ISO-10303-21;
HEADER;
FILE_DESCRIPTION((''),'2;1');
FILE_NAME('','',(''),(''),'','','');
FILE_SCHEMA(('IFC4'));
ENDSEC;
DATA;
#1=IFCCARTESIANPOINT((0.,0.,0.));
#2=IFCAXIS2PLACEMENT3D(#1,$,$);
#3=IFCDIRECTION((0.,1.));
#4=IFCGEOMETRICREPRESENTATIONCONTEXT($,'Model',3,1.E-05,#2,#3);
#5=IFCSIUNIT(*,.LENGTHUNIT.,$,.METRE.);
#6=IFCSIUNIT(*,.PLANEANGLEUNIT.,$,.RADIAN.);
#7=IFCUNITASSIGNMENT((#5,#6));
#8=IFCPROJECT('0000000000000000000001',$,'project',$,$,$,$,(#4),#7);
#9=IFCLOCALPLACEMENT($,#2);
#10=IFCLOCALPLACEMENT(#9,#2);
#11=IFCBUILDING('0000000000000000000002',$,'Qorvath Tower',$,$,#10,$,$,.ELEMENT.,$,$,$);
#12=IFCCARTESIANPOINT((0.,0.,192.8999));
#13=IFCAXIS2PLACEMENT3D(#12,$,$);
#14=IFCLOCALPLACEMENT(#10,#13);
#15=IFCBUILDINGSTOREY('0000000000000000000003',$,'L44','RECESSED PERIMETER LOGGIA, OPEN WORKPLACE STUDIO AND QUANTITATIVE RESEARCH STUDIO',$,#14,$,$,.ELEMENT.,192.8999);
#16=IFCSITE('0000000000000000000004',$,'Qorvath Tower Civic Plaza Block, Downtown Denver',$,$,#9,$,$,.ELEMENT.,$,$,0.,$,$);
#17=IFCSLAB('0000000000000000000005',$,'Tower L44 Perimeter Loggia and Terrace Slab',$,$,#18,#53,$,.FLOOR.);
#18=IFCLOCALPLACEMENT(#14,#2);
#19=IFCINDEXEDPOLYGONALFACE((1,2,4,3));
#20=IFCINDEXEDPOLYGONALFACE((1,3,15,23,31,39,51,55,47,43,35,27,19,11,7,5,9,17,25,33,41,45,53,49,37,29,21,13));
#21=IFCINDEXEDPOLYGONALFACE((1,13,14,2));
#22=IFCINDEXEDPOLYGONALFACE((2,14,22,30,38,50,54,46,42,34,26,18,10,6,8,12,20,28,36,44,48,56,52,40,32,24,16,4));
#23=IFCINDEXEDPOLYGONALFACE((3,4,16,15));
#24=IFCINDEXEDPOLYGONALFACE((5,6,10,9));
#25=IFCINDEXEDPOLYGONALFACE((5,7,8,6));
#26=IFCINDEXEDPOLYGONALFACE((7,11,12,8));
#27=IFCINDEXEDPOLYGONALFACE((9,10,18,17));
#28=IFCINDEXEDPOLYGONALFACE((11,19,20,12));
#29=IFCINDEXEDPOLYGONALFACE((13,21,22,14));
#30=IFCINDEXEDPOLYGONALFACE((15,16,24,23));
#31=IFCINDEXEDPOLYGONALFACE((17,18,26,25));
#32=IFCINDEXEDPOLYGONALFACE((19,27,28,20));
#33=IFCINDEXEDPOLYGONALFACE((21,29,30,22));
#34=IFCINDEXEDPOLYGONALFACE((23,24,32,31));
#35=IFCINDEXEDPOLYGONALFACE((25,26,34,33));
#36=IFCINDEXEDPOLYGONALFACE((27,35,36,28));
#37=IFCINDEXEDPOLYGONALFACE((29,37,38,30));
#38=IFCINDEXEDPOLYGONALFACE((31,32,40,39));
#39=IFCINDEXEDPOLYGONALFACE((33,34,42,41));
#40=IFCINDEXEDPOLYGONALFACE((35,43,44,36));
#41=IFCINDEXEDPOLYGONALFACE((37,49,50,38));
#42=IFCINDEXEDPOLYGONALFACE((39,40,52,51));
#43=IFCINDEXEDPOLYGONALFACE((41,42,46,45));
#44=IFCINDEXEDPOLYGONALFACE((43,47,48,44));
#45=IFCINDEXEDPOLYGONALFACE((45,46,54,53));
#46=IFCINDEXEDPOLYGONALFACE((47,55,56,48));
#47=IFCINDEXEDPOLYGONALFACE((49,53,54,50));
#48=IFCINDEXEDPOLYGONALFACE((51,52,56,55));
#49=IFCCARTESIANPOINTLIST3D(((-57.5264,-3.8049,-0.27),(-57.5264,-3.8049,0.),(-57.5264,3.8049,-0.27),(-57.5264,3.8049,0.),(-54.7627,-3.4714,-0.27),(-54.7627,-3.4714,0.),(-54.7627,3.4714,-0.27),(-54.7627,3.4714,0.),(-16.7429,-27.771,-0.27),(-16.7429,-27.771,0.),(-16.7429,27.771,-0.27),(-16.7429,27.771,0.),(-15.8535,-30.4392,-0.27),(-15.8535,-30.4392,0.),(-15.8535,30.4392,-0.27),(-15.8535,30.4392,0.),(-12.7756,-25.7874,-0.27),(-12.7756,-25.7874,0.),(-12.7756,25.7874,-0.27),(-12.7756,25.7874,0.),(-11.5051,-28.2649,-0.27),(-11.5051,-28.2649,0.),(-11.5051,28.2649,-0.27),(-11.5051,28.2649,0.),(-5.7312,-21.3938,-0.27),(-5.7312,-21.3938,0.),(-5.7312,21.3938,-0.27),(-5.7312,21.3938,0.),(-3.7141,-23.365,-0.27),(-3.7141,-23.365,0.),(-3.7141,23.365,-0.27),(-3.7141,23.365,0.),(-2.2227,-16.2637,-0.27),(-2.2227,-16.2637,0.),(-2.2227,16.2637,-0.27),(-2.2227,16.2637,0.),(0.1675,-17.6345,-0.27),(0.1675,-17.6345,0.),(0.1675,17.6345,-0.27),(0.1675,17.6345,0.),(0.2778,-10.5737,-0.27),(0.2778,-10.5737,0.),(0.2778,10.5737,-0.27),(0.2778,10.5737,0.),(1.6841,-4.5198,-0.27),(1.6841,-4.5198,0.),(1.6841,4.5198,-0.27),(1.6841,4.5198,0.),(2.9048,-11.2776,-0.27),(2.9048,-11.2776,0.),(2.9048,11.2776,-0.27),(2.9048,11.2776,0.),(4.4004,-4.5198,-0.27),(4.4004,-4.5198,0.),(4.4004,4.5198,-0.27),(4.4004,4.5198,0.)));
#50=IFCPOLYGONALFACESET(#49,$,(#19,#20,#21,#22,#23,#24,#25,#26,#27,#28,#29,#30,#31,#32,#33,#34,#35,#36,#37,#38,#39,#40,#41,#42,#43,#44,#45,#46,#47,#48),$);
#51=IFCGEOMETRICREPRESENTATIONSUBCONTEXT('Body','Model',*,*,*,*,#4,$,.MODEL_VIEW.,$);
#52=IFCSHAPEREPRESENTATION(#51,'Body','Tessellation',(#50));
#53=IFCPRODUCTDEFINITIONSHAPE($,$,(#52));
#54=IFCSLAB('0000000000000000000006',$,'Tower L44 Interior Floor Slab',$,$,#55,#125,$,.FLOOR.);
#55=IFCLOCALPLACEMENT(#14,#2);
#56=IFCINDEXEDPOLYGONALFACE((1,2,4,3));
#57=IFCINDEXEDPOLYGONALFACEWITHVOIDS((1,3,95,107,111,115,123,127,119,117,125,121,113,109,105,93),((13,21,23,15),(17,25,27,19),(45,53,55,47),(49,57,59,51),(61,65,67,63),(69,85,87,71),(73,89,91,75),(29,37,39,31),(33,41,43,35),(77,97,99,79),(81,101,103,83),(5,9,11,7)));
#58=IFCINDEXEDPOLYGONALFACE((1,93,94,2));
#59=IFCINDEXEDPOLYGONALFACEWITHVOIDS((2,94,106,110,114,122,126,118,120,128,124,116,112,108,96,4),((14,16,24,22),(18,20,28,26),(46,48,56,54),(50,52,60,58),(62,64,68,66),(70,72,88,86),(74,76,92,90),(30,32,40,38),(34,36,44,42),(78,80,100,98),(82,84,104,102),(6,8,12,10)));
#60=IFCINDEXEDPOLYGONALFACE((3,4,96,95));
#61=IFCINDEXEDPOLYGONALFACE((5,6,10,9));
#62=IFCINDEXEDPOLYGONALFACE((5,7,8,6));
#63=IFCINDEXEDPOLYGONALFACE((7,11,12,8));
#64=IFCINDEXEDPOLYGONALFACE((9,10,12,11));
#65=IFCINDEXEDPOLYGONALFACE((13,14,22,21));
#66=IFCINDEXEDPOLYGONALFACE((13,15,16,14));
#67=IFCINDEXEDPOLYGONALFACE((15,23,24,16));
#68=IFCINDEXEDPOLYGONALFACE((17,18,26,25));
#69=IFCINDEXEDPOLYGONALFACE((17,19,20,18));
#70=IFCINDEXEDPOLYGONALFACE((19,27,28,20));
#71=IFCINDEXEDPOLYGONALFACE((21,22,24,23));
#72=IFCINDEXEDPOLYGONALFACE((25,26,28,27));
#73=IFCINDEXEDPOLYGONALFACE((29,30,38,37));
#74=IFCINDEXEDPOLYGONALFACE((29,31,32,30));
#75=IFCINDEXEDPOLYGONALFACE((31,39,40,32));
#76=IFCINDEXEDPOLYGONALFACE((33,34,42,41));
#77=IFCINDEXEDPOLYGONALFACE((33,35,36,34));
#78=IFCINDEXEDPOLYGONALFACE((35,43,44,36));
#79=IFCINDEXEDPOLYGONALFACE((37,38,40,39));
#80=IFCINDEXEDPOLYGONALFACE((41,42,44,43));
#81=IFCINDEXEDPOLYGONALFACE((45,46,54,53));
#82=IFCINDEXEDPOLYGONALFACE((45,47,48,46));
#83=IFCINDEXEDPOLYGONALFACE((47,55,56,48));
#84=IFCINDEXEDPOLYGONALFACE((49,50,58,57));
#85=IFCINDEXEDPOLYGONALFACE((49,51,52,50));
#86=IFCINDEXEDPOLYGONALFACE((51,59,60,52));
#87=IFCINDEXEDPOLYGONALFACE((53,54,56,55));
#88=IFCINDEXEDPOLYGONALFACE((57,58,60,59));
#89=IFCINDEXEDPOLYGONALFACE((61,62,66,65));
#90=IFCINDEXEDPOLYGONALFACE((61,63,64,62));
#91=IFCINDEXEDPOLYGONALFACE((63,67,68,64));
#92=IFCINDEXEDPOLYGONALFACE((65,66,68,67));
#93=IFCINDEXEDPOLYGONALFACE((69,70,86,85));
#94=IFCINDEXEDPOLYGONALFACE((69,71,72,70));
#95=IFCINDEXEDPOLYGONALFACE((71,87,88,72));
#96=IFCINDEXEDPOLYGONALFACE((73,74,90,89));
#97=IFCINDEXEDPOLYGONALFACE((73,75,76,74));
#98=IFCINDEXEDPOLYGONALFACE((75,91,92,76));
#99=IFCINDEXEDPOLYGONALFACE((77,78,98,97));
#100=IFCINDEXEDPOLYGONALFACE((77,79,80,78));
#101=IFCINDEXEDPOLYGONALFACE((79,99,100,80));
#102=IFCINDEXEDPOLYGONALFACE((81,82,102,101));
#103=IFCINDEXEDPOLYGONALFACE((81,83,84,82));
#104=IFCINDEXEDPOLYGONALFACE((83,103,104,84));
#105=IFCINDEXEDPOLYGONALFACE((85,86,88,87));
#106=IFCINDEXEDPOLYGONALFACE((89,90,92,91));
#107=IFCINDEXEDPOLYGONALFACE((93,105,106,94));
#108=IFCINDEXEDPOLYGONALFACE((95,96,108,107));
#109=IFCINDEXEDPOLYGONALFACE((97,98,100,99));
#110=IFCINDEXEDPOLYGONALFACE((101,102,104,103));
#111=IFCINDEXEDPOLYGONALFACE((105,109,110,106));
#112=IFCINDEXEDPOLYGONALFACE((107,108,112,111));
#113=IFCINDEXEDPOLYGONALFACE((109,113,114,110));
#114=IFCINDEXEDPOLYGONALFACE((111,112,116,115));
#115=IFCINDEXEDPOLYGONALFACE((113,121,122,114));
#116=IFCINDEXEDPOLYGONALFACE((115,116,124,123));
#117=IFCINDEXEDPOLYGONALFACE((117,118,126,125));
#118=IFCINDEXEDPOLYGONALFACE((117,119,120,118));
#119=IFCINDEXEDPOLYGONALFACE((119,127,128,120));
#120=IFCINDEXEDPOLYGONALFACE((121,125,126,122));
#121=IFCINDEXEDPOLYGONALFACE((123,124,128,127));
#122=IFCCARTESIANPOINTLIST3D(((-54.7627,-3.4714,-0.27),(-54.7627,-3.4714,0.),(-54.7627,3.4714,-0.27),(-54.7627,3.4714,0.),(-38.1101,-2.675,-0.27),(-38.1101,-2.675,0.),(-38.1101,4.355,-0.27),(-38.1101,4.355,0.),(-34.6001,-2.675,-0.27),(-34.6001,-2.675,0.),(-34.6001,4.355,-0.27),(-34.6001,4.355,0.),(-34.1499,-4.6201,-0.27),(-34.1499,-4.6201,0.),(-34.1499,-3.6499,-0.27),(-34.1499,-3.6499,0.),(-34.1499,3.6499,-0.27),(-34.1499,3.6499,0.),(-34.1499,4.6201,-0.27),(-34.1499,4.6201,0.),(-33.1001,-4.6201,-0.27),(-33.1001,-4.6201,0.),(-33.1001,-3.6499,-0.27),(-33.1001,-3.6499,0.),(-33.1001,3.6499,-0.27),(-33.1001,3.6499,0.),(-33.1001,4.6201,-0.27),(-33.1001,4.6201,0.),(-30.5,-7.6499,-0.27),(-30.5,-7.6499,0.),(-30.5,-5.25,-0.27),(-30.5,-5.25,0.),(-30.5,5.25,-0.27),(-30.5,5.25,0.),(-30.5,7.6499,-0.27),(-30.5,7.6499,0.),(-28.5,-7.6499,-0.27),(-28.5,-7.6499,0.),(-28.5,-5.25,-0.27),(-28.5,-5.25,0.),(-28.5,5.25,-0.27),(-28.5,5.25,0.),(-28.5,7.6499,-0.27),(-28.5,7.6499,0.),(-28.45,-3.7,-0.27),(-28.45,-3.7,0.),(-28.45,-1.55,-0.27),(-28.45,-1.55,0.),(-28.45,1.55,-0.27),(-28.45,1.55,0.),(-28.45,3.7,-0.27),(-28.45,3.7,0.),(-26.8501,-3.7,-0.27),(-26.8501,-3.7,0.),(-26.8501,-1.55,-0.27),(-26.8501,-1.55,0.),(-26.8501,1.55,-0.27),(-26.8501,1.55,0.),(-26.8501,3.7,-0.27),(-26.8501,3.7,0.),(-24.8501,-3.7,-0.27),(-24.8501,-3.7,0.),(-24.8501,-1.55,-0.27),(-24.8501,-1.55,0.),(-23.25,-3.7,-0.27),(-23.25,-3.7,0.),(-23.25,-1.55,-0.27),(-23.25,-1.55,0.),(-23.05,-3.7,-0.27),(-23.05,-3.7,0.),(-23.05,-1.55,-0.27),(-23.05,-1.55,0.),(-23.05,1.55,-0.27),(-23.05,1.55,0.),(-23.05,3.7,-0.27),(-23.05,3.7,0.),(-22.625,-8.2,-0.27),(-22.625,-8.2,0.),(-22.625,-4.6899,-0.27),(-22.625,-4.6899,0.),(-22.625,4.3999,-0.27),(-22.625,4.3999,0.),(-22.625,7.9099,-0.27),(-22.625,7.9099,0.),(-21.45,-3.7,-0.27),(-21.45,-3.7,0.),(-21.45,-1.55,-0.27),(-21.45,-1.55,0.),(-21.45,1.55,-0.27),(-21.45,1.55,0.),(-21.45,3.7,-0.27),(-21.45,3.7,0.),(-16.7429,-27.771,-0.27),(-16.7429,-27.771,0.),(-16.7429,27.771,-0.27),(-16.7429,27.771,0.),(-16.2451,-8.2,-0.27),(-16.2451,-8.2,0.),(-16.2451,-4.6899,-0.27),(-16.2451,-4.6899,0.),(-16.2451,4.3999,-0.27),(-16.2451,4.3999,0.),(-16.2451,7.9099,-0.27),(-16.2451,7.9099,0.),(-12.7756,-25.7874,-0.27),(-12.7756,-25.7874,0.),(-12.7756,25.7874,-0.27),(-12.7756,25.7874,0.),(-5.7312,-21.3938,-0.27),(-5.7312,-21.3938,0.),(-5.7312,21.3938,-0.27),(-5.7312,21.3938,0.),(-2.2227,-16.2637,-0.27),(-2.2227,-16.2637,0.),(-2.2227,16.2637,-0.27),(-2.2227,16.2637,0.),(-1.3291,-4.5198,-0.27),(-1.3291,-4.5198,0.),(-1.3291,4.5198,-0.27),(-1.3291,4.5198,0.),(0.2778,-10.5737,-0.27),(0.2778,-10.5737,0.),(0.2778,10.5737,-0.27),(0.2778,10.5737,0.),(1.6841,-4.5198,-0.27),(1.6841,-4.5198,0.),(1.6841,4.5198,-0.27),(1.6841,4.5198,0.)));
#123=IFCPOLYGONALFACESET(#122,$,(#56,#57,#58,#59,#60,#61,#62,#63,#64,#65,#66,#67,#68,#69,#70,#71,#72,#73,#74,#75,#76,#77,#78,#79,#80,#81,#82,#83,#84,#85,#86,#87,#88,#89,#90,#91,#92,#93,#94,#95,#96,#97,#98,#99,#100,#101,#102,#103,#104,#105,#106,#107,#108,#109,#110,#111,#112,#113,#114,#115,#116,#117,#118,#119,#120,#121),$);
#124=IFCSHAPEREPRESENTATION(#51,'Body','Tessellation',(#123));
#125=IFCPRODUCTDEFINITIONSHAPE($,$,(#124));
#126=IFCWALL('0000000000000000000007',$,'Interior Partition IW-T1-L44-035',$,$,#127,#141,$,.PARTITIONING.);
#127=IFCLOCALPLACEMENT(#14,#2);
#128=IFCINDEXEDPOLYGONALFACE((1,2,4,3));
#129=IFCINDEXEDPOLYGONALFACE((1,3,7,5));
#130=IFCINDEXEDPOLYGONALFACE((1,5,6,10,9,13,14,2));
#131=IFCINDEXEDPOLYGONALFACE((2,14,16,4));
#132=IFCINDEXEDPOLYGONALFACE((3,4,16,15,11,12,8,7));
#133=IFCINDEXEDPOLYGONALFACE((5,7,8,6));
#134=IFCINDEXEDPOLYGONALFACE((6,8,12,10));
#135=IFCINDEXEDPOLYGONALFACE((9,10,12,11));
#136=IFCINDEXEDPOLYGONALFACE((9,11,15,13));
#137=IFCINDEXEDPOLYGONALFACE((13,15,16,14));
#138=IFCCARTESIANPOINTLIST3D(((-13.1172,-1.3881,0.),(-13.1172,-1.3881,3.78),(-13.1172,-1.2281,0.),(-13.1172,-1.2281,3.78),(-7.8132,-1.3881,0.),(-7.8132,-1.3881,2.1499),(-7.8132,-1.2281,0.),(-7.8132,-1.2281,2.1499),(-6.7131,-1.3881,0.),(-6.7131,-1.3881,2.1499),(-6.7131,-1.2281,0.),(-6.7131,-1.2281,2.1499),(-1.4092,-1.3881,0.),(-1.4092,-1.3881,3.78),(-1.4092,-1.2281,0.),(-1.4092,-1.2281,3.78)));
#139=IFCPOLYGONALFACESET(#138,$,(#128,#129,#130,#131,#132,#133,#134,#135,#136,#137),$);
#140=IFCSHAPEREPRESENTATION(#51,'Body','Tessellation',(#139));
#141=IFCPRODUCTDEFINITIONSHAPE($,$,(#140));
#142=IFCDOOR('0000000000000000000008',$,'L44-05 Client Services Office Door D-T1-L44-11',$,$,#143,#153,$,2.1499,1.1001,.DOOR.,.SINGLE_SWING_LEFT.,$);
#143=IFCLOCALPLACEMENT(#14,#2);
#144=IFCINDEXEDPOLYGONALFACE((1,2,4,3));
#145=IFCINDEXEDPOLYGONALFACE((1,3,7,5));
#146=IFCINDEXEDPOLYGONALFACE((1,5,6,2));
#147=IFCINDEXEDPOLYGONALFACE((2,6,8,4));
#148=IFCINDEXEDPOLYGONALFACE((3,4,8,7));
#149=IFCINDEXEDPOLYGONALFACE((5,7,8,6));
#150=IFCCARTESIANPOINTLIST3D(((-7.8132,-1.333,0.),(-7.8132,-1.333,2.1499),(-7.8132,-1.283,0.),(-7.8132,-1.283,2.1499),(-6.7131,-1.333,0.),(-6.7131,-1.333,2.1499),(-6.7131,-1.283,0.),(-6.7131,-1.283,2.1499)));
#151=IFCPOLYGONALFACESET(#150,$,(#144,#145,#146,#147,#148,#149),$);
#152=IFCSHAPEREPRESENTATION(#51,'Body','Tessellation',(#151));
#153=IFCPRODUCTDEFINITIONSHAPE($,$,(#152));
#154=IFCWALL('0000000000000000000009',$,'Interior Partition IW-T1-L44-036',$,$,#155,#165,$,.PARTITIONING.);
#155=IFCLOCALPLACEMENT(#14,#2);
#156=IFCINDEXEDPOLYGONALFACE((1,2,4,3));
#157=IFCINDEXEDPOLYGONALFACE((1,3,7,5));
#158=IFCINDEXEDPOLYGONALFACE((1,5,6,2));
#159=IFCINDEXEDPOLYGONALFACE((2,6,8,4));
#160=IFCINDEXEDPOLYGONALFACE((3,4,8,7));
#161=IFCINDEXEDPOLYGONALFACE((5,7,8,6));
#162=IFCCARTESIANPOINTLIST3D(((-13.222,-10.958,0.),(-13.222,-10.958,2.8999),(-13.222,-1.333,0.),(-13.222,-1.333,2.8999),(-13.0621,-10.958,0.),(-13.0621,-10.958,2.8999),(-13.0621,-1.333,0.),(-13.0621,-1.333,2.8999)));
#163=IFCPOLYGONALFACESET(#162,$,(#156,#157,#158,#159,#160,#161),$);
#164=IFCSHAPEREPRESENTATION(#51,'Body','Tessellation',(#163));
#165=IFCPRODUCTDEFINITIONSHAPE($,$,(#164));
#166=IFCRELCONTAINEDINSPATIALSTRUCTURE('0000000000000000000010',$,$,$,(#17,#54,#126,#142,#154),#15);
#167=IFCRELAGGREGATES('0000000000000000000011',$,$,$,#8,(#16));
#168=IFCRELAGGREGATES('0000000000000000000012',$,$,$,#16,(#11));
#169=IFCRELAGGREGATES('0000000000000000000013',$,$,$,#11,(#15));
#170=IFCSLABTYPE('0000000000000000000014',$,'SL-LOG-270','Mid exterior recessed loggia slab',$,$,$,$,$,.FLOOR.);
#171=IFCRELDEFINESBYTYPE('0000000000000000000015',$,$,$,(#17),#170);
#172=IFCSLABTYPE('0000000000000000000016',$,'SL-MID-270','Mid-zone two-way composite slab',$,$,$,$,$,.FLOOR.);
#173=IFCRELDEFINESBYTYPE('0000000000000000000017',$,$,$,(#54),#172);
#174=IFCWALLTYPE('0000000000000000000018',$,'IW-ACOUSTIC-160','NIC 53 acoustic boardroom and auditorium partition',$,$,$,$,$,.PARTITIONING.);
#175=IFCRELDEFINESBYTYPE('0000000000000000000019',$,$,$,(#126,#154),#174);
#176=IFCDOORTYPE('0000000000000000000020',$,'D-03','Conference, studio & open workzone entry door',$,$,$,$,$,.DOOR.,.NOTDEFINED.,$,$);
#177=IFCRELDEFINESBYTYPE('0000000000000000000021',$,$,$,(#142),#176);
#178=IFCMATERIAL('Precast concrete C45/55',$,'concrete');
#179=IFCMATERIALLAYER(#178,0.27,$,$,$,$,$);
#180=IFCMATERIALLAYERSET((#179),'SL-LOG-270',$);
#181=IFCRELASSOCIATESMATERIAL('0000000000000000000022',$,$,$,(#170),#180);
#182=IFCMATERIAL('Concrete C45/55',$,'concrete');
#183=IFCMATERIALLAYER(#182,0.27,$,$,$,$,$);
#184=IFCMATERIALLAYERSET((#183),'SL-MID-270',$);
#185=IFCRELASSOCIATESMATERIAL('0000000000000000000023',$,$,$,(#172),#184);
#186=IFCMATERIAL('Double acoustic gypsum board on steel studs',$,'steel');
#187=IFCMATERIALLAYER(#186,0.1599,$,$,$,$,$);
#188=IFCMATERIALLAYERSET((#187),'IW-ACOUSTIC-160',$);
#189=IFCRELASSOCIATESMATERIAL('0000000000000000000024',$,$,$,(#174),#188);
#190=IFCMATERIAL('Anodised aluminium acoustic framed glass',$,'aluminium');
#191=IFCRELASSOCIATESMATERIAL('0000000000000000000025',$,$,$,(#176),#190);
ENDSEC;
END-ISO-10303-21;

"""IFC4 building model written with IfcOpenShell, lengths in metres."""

from ifc_helpers import new_model, si_unit, direction, frame, frame_2d, origin, place, context, subcontext, project, spatial, polyline, rectangle, outline, extrude, material, layer, layer_set, type_object, element, fill, save


model = new_model("IFC4")

# Units and contexts
model_context = context("Model", 3, precision=1e-05, world=origin(), true_north=direction((0.0, 1.0)))
body_context = subcontext(model_context, "Body", "Model", "MODEL_VIEW")
ifc_project = project(units=[si_unit("LENGTHUNIT", "METRE"), si_unit("PLANEANGLEUNIT", "RADIAN")], contexts=[model_context])

# Site, building, storey
site_placement = place(None, origin())
site = spatial("IfcSite", under=ifc_project, at=site_placement, Name="Qorvath Tower Civic Plaza Block, Downtown Denver", CompositionType="ELEMENT", RefElevation=0.0)
building_placement = place(site_placement, origin())
building = spatial("IfcBuilding", under=site, at=building_placement, Name="Qorvath Tower", CompositionType="ELEMENT")
storey_placement = place(building_placement, frame((0.0, 0.0, 192.8999)))
storey = spatial("IfcBuildingStorey", under=building, at=storey_placement, Name="L44", Description="RECESSED PERIMETER LOGGIA, OPEN WORKPLACE STUDIO AND QUANTITATIVE RESEARCH STUDIO", CompositionType="ELEMENT", Elevation=192.8999)

# Slabs
ifc_material_1 = material(Name="Precast concrete C45/55", Category="concrete")
ifc_layer_1 = layer(ifc_material_1, 0.27)
ifc_layer_set_1 = layer_set([ifc_layer_1], Name="SL-LOG-270")
slab_type_1 = type_object("IfcSlabType", Name="SL-LOG-270", Description="Mid exterior recessed loggia slab", PredefinedType="FLOOR", material=ifc_layer_set_1)
slab_1_placement = place(storey_placement, frame((0.0, 0.0, -0.27)))
element("IfcSlab", 1, at=slab_1_placement, inside=storey, type_object=slab_type_1, Name="Tower L44 Perimeter Loggia and Terrace Slab", PredefinedType="FLOOR", context=body_context, shape_type="SweptSolid", body=[
    extrude(outline(polyline([(1.6841, -4.5198), (0.2778, -10.5737), (-2.2227, -16.2637), (-5.7312, -21.3938), (-12.7756, -25.7874), (-16.7429, -27.771), (-54.7627, -3.4714), (-54.7627, 3.4714), (-16.7429, 27.771), (-12.7756, 25.7874), (-5.7312, 21.3938), (-2.2227, 16.2637), (0.2778, 10.5737), (1.6841, 4.5198), (4.4004, 4.5198), (2.9048, 11.2776), (0.1675, 17.6345), (-3.7141, 23.365), (-11.5051, 28.2649), (-15.8535, 30.4392), (-57.5264, 3.8049), (-57.5264, -3.8049), (-15.8535, -30.4392), (-11.5051, -28.2649), (-3.7141, -23.365), (0.1675, -17.6345), (2.9048, -11.2776), (4.4004, -4.5198), (1.6841, -4.5198)])), origin(), (0.0, 0.0, 1.0), 0.27),
])
ifc_material_2 = material(Name="Concrete C45/55", Category="concrete")
ifc_layer_2 = layer(ifc_material_2, 0.27)
ifc_layer_set_2 = layer_set([ifc_layer_2], Name="SL-MID-270")
slab_type_2 = type_object("IfcSlabType", Name="SL-MID-270", Description="Mid-zone two-way composite slab", PredefinedType="FLOOR", material=ifc_layer_set_2)
slab_2_placement = place(storey_placement, frame((0.0, 0.0, -0.27)))
element("IfcSlab", 2, at=slab_2_placement, inside=storey, type_object=slab_type_2, Name="Tower L44 Interior Floor Slab", PredefinedType="FLOOR", context=body_context, shape_type="SweptSolid", body=[
    extrude(outline(polyline([(-54.7627, 3.4714), (-54.7627, -3.4714), (-16.7429, -27.771), (-12.7756, -25.7874), (-5.7312, -21.3938), (-2.2227, -16.2637), (0.2778, -10.5737), (1.6841, -4.5198), (-1.3291, -4.5198), (-1.3291, 4.5198), (1.6841, 4.5198), (0.2778, 10.5737), (-2.2227, 16.2637), (-5.7312, 21.3938), (-12.7756, 25.7874), (-16.7429, 27.771), (-54.7627, 3.4714)]), holes=[polyline([(-16.2451, -8.2), (-22.625, -8.2), (-22.625, -4.6899), (-16.2451, -4.6899), (-16.2451, -8.2)]), polyline([(-22.625, 4.3999), (-22.625, 7.9099), (-16.2451, 7.9099), (-16.2451, 4.3999), (-22.625, 4.3999)]), polyline([(-21.45, -3.7), (-23.05, -3.7), (-23.05, -1.55), (-21.45, -1.55), (-21.45, -3.7)]), polyline([(-23.05, 1.55), (-23.05, 3.7), (-21.45, 3.7), (-21.45, 1.55), (-23.05, 1.55)]), polyline([(-24.8501, -3.7), (-24.8501, -1.55), (-23.25, -1.55), (-23.25, -3.7), (-24.8501, -3.7)]), polyline([(-28.45, -3.7), (-28.45, -1.55), (-26.8501, -1.55), (-26.8501, -3.7), (-28.45, -3.7)]), polyline([(-26.8501, 1.55), (-28.45, 1.55), (-28.45, 3.7), (-26.8501, 3.7), (-26.8501, 1.55)]), polyline([(-28.5, -7.6499), (-30.5, -7.6499), (-30.5, -5.25), (-28.5, -5.25), (-28.5, -7.6499)]), polyline([(-30.5, 5.25), (-30.5, 7.6499), (-28.5, 7.6499), (-28.5, 5.25), (-30.5, 5.25)]), polyline([(-34.1499, -4.6201), (-34.1499, -3.6499), (-33.1001, -3.6499), (-33.1001, -4.6201), (-34.1499, -4.6201)]), polyline([(-34.1499, 3.6499), (-34.1499, 4.6201), (-33.1001, 4.6201), (-33.1001, 3.6499), (-34.1499, 3.6499)]), polyline([(-34.6001, -2.675), (-38.1101, -2.675), (-38.1101, 4.355), (-34.6001, 4.355), (-34.6001, -2.675)])]), origin(), (0.0, 0.0, 1.0), 0.27),
])

# Wall, opening, door
ifc_material_3 = material(Name="Double acoustic gypsum board on steel studs", Category="steel")
ifc_layer_3 = layer(ifc_material_3, 0.1599)
ifc_layer_set_3 = layer_set([ifc_layer_3], Name="IW-ACOUSTIC-160")
wall_type_1 = type_object("IfcWallType", Name="IW-ACOUSTIC-160", Description="NIC 53 acoustic boardroom and auditorium partition", PredefinedType="PARTITIONING", material=ifc_layer_set_3)
wall_1_placement = place(storey_placement, frame((-1.4092, -1.3081, 0.0), z_axis=(0.0, 0.0, 1.0), x_axis=(-1.0, 0.0, 0.0)))
wall_1 = element("IfcWall", 3, at=wall_1_placement, inside=storey, type_object=wall_type_1, Name="Interior Partition IW-T1-L44-035", PredefinedType="PARTITIONING", context=body_context, shape_type="SweptSolid", body=[
    extrude(rectangle(XDim=11.708, YDim=0.1599, at=frame_2d((5.854, 0.0))), origin(), (0.0, 0.0, 1.0), 3.78),
])
opening_1_placement = place(wall_1_placement, frame((5.304, 0.0, 0.0)))
opening_1 = element("IfcOpeningElement", 4, at=opening_1_placement, cuts=wall_1, PredefinedType="OPENING", context=body_context, shape_type="SweptSolid", body=[
    extrude(rectangle(XDim=1.1001, YDim=2.1499, at=frame_2d((0.55, 1.075))), frame((0.0, 0.0898, 0.0), z_axis=(0.0, -1.0, 0.0), x_axis=(1.0, 0.0, 0.0)), (0.0, 0.0, 1.0), 0.1799),
])
ifc_material_4 = material(Name="Anodised aluminium acoustic framed glass", Category="aluminium")
door_type_1 = type_object("IfcDoorType", Name="D-03", Description="Conference, studio & open workzone entry door", OperationType="NOTDEFINED", PredefinedType="DOOR", material=ifc_material_4)
door_1_placement = place(opening_1_placement, origin())
door_1 = element("IfcDoor", 5, at=door_1_placement, inside=storey, type_object=door_type_1, Name="L44-05 Client Services Office Door D-T1-L44-11", OperationType="SINGLE_SWING_LEFT", OverallHeight=2.1499, OverallWidth=1.1001, PredefinedType="DOOR", context=body_context, shape_type="SweptSolid", body=[
    extrude(rectangle(XDim=1.1001, YDim=2.1499, at=frame_2d((0.55, 1.075))), frame((0.0, 0.0249, 0.0), z_axis=(0.0, -1.0, 0.0), x_axis=(1.0, 0.0, 0.0)), (0.0, 0.0, 1.0), 0.05),
])
fill(opening_1, door_1)

# Wall
wall_2_placement = place(storey_placement, frame((-13.1421, -1.333, 0.0), z_axis=(0.0, 0.0, 1.0), x_axis=(0.0, -1.0, 0.0)))
element("IfcWall", 6, at=wall_2_placement, inside=storey, type_object=wall_type_1, Name="Interior Partition IW-T1-L44-036", PredefinedType="PARTITIONING", context=body_context, shape_type="SweptSolid", body=[
    extrude(rectangle(XDim=9.625, YDim=0.1599, at=frame_2d((4.8125, 0.0))), origin(), (0.0, 0.0, 1.0), 2.8999),
])

save(model, "model.ifc")
